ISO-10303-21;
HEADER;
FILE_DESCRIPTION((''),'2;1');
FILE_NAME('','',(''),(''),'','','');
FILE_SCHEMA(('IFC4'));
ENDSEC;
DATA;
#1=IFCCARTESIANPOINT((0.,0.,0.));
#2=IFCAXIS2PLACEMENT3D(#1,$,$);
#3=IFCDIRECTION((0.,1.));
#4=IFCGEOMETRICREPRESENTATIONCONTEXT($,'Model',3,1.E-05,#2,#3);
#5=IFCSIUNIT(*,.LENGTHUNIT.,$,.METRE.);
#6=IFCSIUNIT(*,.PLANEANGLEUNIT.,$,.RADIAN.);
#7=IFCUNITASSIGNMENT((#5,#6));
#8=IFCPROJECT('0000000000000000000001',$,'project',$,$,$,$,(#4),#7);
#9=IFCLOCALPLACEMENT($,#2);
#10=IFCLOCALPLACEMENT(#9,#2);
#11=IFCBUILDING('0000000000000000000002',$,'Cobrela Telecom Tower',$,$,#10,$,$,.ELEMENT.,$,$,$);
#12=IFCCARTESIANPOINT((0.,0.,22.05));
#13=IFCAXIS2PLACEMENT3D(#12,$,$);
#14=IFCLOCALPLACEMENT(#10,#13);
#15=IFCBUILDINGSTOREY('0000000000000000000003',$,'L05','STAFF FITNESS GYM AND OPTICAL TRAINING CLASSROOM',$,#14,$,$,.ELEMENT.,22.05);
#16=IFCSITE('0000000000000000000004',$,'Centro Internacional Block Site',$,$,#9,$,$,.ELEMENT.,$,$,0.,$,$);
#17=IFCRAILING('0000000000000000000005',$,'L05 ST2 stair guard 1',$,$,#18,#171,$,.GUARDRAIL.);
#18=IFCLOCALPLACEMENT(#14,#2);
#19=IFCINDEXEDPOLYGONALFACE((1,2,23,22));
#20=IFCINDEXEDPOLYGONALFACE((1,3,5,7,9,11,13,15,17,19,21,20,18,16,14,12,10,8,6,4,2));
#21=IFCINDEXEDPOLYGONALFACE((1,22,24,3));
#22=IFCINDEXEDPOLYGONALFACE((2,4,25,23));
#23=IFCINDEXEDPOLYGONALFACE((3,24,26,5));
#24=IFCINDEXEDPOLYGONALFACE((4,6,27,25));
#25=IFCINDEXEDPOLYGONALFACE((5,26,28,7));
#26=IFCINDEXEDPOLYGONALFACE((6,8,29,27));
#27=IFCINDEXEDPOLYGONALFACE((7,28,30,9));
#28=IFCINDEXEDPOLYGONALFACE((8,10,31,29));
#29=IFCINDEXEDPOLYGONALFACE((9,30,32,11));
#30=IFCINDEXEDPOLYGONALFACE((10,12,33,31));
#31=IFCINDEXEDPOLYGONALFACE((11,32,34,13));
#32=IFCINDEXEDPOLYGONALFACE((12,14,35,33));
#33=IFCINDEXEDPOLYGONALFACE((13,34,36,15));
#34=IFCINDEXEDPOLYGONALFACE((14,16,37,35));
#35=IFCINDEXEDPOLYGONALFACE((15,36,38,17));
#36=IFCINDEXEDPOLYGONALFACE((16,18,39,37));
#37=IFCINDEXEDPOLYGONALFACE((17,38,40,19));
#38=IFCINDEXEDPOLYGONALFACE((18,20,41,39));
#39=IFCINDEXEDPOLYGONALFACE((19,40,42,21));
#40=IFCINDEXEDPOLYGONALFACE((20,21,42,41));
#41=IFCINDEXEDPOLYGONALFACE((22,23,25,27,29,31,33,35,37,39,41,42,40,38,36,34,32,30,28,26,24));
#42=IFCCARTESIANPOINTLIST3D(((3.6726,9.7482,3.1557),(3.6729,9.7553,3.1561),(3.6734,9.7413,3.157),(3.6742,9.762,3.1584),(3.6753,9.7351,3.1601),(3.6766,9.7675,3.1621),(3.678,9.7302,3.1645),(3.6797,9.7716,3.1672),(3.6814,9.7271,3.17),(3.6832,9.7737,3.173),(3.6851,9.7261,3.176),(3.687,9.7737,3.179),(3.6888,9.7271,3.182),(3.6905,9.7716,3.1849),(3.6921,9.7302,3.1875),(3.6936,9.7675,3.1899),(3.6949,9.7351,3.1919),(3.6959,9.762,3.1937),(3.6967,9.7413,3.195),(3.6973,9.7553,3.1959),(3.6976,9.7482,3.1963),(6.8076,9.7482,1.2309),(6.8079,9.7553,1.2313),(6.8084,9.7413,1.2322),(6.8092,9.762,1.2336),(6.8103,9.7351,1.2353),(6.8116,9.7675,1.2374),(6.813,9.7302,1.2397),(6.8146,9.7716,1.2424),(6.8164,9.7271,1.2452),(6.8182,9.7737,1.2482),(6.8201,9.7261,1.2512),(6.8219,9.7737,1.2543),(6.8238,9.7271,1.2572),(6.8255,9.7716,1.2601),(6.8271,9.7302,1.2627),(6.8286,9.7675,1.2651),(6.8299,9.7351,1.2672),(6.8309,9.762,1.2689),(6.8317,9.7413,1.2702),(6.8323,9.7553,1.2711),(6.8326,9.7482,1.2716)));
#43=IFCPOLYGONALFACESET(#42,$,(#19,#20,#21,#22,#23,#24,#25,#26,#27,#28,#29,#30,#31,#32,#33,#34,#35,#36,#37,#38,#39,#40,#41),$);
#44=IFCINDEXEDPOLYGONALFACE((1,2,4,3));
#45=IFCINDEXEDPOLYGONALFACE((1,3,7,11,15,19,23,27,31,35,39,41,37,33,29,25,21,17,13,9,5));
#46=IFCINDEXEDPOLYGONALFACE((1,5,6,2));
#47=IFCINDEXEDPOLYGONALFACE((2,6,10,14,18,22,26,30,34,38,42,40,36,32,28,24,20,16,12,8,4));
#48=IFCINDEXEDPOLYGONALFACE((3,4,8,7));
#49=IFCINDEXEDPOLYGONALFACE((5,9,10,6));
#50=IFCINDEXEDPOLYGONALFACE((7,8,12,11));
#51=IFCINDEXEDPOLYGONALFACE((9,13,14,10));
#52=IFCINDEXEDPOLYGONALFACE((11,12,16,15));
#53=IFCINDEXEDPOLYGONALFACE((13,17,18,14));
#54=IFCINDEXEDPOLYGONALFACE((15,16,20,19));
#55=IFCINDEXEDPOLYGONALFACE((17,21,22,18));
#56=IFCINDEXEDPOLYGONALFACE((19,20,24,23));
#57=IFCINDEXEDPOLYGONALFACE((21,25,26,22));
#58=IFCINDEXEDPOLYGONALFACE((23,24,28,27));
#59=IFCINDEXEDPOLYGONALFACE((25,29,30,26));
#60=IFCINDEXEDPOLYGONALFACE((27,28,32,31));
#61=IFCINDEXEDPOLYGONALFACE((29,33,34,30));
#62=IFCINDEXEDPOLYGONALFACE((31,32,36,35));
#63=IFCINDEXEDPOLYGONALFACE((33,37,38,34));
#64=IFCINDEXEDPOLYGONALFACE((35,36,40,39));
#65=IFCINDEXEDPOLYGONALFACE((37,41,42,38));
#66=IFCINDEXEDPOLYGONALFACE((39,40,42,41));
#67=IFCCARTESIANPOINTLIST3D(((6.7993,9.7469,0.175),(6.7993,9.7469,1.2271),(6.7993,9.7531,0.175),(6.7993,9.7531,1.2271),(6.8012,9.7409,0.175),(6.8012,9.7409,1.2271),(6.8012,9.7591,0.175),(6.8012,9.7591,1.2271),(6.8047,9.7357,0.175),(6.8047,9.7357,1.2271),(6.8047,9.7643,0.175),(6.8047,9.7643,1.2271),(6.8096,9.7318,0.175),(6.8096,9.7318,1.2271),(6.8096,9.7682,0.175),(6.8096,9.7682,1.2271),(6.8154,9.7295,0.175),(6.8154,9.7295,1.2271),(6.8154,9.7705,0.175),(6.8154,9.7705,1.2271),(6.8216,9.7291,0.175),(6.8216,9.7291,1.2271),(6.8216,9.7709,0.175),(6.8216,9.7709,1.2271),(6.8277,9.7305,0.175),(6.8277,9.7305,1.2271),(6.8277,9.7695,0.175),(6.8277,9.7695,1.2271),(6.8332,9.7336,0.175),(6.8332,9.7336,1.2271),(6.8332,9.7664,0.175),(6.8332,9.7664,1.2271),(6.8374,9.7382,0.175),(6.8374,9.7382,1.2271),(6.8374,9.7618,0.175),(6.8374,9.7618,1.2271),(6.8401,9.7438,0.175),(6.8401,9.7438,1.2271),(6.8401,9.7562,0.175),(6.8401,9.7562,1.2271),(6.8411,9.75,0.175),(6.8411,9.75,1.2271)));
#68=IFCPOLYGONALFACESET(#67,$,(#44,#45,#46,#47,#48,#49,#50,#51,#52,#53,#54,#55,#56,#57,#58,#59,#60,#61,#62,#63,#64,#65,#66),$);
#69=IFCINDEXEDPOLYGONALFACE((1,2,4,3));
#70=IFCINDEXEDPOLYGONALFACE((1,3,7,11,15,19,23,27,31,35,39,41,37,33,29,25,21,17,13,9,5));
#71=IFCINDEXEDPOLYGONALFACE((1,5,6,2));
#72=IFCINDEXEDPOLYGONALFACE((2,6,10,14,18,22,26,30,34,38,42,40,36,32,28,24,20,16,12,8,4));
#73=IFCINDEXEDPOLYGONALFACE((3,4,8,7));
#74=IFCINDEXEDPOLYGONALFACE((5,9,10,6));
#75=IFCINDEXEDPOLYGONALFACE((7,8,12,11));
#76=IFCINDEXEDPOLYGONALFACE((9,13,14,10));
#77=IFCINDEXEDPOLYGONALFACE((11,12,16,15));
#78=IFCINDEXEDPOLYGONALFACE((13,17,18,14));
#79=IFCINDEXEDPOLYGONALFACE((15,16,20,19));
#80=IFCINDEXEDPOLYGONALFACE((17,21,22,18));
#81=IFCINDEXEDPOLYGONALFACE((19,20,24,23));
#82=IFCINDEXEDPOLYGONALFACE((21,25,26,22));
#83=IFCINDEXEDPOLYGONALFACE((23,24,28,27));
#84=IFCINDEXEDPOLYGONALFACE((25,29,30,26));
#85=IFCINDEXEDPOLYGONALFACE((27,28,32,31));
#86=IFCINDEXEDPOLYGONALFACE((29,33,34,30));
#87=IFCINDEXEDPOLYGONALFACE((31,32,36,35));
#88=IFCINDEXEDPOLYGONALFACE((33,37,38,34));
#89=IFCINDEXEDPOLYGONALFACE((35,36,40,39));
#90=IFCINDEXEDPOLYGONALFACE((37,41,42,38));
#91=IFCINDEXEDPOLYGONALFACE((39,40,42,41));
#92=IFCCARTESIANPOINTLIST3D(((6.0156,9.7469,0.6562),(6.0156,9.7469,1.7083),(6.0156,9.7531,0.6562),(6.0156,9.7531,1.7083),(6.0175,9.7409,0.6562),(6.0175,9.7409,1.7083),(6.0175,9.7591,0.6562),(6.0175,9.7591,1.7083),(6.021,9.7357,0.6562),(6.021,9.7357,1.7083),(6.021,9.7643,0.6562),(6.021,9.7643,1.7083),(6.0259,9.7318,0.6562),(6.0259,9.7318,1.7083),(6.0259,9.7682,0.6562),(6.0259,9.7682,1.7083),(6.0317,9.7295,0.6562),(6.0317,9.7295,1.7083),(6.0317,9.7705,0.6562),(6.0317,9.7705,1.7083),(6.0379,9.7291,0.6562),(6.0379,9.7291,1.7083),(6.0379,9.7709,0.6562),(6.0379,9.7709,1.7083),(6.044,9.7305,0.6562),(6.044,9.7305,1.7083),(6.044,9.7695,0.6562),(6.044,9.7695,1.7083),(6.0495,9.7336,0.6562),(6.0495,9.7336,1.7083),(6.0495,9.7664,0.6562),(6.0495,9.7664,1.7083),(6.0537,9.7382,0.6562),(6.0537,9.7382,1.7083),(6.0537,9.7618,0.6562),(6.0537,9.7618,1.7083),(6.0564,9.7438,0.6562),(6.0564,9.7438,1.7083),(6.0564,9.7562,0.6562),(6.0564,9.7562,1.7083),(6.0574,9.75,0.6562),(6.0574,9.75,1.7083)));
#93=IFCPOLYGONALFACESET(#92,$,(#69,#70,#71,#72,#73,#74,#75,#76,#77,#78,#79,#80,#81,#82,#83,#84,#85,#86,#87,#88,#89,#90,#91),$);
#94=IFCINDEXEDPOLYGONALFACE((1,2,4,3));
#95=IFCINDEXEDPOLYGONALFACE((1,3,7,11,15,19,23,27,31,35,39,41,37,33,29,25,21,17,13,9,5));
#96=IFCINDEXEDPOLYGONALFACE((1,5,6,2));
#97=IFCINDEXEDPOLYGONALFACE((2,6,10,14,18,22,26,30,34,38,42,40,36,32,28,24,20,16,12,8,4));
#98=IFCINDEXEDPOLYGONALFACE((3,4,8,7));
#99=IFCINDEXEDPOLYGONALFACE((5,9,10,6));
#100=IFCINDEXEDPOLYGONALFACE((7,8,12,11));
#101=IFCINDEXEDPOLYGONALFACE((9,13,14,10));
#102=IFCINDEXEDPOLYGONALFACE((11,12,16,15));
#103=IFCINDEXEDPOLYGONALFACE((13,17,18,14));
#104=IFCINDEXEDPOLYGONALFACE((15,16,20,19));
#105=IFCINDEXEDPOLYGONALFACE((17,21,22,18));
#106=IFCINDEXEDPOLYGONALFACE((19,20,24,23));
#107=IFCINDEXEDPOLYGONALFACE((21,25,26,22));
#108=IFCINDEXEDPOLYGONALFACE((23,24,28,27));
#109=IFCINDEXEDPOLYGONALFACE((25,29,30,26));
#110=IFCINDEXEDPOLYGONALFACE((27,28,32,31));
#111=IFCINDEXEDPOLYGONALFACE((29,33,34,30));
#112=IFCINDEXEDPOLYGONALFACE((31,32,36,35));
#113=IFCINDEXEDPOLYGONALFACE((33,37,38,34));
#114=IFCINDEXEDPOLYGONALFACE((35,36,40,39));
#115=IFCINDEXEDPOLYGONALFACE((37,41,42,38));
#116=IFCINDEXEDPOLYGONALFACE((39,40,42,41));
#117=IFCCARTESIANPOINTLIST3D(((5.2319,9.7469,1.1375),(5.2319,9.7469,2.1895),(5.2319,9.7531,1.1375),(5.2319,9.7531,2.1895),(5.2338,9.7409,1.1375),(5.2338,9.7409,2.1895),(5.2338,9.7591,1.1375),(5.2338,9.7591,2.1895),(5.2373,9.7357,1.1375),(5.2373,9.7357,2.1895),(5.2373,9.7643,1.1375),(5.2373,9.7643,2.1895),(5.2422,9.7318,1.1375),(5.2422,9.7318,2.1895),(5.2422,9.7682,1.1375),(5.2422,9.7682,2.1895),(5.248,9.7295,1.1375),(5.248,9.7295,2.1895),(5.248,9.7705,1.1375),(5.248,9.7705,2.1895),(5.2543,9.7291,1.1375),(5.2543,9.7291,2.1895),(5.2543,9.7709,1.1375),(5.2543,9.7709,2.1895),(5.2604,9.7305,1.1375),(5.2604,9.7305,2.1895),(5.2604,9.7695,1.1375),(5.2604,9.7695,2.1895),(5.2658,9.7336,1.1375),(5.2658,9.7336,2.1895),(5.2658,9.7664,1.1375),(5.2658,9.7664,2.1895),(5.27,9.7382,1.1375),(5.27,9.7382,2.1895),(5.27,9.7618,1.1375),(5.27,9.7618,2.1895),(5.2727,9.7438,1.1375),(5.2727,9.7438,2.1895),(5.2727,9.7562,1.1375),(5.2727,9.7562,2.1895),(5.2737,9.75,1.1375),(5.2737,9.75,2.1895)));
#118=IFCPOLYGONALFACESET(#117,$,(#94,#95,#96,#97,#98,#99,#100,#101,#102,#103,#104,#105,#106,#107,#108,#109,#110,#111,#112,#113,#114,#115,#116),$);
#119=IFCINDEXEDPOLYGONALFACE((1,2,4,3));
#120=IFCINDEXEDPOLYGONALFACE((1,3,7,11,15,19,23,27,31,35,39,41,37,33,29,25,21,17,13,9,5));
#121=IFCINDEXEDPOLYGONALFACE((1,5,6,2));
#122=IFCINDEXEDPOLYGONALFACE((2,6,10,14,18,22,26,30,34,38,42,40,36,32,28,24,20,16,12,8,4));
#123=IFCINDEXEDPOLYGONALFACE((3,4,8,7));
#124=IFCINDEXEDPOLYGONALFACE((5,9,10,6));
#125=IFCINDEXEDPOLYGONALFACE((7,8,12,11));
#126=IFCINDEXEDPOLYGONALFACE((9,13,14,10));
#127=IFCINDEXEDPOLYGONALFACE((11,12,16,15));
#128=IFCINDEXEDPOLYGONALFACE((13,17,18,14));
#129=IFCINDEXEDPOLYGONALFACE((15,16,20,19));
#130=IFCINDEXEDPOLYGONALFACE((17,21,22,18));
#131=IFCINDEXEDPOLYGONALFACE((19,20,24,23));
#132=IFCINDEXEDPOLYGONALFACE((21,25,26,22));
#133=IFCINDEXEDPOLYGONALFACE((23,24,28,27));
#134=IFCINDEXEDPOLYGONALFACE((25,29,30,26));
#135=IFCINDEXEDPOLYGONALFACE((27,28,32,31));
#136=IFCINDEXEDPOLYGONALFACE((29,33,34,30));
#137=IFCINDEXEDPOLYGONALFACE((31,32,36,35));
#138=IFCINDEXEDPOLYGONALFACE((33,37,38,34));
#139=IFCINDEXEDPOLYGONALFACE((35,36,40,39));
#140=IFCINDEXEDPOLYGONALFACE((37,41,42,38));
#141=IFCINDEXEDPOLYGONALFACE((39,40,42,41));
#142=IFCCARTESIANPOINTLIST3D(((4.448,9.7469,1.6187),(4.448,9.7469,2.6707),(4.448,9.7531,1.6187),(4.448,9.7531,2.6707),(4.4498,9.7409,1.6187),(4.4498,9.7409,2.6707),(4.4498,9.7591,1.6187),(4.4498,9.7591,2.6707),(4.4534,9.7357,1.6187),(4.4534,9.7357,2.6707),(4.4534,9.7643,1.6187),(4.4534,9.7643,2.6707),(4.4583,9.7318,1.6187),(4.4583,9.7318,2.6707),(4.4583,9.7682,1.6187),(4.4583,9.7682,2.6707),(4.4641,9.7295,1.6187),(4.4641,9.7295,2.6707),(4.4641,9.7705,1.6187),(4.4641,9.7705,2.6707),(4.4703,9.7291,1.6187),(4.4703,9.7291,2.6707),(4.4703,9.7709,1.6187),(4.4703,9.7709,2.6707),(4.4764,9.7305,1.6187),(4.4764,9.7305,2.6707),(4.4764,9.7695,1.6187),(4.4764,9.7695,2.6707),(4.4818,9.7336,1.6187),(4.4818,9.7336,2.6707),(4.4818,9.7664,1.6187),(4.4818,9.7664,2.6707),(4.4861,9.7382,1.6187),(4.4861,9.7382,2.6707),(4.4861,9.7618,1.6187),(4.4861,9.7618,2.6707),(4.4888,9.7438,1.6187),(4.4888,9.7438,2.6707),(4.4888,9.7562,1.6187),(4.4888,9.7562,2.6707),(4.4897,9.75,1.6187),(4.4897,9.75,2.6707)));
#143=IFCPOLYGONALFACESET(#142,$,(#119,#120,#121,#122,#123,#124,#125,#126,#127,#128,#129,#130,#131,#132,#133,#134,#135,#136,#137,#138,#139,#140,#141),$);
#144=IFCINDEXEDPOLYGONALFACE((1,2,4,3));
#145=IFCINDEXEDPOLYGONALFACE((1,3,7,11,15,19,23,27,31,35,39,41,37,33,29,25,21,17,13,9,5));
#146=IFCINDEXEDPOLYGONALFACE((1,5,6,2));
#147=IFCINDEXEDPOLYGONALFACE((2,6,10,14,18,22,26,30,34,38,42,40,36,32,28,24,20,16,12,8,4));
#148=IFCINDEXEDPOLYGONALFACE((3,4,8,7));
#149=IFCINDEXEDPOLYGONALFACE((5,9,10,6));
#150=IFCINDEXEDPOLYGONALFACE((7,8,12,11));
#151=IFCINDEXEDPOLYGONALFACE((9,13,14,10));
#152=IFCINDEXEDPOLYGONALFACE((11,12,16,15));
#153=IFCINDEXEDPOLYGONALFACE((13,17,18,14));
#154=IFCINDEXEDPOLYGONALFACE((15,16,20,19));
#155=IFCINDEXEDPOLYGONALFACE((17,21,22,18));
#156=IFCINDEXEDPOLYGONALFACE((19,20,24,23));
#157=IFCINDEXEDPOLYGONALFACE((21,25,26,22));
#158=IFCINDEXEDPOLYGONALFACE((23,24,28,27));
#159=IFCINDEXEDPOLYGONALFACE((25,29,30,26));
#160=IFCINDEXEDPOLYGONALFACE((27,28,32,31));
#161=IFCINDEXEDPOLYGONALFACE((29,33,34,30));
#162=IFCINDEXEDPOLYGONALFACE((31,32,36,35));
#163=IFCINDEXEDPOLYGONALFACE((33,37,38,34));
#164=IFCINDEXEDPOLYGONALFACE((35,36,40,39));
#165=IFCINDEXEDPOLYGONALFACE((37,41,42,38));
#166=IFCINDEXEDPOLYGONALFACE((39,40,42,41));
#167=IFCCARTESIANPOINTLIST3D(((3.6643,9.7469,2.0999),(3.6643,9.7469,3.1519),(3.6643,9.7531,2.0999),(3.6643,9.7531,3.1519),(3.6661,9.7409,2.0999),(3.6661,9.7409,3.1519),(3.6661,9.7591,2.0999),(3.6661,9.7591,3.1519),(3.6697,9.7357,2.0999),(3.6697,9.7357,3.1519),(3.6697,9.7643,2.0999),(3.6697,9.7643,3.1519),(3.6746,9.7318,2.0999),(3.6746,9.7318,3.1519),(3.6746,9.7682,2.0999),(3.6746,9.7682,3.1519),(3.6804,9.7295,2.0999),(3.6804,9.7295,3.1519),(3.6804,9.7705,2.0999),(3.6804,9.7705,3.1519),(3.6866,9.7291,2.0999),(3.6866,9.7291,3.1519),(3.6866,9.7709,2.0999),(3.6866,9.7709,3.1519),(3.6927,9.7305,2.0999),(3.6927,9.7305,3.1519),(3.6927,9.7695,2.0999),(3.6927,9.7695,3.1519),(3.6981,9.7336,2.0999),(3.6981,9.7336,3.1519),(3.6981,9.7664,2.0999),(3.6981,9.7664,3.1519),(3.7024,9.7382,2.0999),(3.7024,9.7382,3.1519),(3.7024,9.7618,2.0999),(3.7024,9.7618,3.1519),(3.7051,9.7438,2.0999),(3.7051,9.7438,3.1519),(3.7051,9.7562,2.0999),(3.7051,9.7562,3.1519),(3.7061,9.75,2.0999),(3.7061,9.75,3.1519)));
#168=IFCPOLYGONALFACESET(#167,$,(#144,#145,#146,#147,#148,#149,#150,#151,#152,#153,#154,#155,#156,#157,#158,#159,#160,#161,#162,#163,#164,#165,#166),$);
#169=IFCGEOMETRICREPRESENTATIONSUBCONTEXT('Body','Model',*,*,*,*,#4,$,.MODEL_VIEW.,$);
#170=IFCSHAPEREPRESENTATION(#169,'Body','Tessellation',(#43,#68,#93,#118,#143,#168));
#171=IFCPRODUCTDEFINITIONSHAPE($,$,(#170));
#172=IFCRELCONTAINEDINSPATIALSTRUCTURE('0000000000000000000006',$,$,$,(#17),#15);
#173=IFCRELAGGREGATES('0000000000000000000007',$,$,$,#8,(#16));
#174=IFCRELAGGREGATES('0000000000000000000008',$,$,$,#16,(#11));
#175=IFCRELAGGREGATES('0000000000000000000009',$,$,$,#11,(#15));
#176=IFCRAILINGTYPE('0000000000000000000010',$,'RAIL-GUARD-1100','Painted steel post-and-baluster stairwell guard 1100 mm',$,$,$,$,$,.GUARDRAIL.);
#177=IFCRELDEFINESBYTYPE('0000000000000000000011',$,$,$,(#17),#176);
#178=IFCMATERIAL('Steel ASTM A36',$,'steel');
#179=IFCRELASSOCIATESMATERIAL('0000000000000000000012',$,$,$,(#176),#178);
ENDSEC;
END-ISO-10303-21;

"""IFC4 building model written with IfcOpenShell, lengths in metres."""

from ifc_helpers import new_model, si_unit, direction, frame, origin, origin_2d, place, context, subcontext, project, spatial, circle, extrude, material, type_object, element, save


model = new_model("IFC4")

# Units and contexts
model_context = context("Model", 3, precision=1e-05, world=origin(), true_north=direction((0.0, 1.0)))
body_context = subcontext(model_context, "Body", "Model", "MODEL_VIEW")
ifc_project = project(units=[si_unit("LENGTHUNIT", "METRE"), si_unit("PLANEANGLEUNIT", "RADIAN")], contexts=[model_context])

# Site, building, storey
site_placement = place(None, origin())
site = spatial("IfcSite", under=ifc_project, at=site_placement, Name="Centro Internacional Block Site", CompositionType="ELEMENT", RefElevation=0.0)
building_placement = place(site_placement, origin())
building = spatial("IfcBuilding", under=site, at=building_placement, Name="Cobrela Telecom Tower", CompositionType="ELEMENT")
storey_placement = place(building_placement, frame((0.0, 0.0, 22.05)))
storey = spatial("IfcBuildingStorey", under=building, at=storey_placement, Name="L05", Description="STAFF FITNESS GYM AND OPTICAL TRAINING CLASSROOM", CompositionType="ELEMENT", Elevation=22.05)

# Shared definitions
ifc_material_1 = material(Name="Steel ASTM A36", Category="steel")

# Railing
railing_type_1 = type_object("IfcRailingType", Name="RAIL-GUARD-1100", Description="Painted steel post-and-baluster stairwell guard 1100 mm", PredefinedType="GUARDRAIL", material=ifc_material_1)
railing_1_placement = place(storey_placement, frame((6.8201, 9.75, 0.175)))
element("IfcRailing", 1, at=railing_1_placement, inside=storey, type_object=railing_type_1, Name="L05 ST2 stair guard 1", PredefinedType="GUARDRAIL", context=body_context, shape_type="SweptSolid", body=[
    extrude(circle(Radius=0.0239, at=origin_2d()), frame((0.0, 0.0, 1.0762), z_axis=(-0.852196, 0.0, 0.523223), x_axis=(0.0, -1.0, 0.0)), (0.0, 0.0, 1.0), 3.6787),
    extrude(circle(Radius=0.021, at=origin_2d()), origin(), (0.0, 0.0, 1.0), 1.052),
    extrude(circle(Radius=0.021, at=origin_2d()), frame((-0.7837, 0.0, 0.4812)), (0.0, 0.0, 1.0), 1.052),
    extrude(circle(Radius=0.021, at=origin_2d()), frame((-1.5674, 0.0, 0.9624)), (0.0, 0.0, 1.0), 1.052),
    extrude(circle(Radius=0.021, at=origin_2d()), frame((-2.3513, 0.0, 1.4436)), (0.0, 0.0, 1.0), 1.052),
    extrude(circle(Radius=0.021, at=origin_2d()), frame((-3.135, 0.0, 1.9248)), (0.0, 0.0, 1.0), 1.052),
])

save(model, "model.ifc")
